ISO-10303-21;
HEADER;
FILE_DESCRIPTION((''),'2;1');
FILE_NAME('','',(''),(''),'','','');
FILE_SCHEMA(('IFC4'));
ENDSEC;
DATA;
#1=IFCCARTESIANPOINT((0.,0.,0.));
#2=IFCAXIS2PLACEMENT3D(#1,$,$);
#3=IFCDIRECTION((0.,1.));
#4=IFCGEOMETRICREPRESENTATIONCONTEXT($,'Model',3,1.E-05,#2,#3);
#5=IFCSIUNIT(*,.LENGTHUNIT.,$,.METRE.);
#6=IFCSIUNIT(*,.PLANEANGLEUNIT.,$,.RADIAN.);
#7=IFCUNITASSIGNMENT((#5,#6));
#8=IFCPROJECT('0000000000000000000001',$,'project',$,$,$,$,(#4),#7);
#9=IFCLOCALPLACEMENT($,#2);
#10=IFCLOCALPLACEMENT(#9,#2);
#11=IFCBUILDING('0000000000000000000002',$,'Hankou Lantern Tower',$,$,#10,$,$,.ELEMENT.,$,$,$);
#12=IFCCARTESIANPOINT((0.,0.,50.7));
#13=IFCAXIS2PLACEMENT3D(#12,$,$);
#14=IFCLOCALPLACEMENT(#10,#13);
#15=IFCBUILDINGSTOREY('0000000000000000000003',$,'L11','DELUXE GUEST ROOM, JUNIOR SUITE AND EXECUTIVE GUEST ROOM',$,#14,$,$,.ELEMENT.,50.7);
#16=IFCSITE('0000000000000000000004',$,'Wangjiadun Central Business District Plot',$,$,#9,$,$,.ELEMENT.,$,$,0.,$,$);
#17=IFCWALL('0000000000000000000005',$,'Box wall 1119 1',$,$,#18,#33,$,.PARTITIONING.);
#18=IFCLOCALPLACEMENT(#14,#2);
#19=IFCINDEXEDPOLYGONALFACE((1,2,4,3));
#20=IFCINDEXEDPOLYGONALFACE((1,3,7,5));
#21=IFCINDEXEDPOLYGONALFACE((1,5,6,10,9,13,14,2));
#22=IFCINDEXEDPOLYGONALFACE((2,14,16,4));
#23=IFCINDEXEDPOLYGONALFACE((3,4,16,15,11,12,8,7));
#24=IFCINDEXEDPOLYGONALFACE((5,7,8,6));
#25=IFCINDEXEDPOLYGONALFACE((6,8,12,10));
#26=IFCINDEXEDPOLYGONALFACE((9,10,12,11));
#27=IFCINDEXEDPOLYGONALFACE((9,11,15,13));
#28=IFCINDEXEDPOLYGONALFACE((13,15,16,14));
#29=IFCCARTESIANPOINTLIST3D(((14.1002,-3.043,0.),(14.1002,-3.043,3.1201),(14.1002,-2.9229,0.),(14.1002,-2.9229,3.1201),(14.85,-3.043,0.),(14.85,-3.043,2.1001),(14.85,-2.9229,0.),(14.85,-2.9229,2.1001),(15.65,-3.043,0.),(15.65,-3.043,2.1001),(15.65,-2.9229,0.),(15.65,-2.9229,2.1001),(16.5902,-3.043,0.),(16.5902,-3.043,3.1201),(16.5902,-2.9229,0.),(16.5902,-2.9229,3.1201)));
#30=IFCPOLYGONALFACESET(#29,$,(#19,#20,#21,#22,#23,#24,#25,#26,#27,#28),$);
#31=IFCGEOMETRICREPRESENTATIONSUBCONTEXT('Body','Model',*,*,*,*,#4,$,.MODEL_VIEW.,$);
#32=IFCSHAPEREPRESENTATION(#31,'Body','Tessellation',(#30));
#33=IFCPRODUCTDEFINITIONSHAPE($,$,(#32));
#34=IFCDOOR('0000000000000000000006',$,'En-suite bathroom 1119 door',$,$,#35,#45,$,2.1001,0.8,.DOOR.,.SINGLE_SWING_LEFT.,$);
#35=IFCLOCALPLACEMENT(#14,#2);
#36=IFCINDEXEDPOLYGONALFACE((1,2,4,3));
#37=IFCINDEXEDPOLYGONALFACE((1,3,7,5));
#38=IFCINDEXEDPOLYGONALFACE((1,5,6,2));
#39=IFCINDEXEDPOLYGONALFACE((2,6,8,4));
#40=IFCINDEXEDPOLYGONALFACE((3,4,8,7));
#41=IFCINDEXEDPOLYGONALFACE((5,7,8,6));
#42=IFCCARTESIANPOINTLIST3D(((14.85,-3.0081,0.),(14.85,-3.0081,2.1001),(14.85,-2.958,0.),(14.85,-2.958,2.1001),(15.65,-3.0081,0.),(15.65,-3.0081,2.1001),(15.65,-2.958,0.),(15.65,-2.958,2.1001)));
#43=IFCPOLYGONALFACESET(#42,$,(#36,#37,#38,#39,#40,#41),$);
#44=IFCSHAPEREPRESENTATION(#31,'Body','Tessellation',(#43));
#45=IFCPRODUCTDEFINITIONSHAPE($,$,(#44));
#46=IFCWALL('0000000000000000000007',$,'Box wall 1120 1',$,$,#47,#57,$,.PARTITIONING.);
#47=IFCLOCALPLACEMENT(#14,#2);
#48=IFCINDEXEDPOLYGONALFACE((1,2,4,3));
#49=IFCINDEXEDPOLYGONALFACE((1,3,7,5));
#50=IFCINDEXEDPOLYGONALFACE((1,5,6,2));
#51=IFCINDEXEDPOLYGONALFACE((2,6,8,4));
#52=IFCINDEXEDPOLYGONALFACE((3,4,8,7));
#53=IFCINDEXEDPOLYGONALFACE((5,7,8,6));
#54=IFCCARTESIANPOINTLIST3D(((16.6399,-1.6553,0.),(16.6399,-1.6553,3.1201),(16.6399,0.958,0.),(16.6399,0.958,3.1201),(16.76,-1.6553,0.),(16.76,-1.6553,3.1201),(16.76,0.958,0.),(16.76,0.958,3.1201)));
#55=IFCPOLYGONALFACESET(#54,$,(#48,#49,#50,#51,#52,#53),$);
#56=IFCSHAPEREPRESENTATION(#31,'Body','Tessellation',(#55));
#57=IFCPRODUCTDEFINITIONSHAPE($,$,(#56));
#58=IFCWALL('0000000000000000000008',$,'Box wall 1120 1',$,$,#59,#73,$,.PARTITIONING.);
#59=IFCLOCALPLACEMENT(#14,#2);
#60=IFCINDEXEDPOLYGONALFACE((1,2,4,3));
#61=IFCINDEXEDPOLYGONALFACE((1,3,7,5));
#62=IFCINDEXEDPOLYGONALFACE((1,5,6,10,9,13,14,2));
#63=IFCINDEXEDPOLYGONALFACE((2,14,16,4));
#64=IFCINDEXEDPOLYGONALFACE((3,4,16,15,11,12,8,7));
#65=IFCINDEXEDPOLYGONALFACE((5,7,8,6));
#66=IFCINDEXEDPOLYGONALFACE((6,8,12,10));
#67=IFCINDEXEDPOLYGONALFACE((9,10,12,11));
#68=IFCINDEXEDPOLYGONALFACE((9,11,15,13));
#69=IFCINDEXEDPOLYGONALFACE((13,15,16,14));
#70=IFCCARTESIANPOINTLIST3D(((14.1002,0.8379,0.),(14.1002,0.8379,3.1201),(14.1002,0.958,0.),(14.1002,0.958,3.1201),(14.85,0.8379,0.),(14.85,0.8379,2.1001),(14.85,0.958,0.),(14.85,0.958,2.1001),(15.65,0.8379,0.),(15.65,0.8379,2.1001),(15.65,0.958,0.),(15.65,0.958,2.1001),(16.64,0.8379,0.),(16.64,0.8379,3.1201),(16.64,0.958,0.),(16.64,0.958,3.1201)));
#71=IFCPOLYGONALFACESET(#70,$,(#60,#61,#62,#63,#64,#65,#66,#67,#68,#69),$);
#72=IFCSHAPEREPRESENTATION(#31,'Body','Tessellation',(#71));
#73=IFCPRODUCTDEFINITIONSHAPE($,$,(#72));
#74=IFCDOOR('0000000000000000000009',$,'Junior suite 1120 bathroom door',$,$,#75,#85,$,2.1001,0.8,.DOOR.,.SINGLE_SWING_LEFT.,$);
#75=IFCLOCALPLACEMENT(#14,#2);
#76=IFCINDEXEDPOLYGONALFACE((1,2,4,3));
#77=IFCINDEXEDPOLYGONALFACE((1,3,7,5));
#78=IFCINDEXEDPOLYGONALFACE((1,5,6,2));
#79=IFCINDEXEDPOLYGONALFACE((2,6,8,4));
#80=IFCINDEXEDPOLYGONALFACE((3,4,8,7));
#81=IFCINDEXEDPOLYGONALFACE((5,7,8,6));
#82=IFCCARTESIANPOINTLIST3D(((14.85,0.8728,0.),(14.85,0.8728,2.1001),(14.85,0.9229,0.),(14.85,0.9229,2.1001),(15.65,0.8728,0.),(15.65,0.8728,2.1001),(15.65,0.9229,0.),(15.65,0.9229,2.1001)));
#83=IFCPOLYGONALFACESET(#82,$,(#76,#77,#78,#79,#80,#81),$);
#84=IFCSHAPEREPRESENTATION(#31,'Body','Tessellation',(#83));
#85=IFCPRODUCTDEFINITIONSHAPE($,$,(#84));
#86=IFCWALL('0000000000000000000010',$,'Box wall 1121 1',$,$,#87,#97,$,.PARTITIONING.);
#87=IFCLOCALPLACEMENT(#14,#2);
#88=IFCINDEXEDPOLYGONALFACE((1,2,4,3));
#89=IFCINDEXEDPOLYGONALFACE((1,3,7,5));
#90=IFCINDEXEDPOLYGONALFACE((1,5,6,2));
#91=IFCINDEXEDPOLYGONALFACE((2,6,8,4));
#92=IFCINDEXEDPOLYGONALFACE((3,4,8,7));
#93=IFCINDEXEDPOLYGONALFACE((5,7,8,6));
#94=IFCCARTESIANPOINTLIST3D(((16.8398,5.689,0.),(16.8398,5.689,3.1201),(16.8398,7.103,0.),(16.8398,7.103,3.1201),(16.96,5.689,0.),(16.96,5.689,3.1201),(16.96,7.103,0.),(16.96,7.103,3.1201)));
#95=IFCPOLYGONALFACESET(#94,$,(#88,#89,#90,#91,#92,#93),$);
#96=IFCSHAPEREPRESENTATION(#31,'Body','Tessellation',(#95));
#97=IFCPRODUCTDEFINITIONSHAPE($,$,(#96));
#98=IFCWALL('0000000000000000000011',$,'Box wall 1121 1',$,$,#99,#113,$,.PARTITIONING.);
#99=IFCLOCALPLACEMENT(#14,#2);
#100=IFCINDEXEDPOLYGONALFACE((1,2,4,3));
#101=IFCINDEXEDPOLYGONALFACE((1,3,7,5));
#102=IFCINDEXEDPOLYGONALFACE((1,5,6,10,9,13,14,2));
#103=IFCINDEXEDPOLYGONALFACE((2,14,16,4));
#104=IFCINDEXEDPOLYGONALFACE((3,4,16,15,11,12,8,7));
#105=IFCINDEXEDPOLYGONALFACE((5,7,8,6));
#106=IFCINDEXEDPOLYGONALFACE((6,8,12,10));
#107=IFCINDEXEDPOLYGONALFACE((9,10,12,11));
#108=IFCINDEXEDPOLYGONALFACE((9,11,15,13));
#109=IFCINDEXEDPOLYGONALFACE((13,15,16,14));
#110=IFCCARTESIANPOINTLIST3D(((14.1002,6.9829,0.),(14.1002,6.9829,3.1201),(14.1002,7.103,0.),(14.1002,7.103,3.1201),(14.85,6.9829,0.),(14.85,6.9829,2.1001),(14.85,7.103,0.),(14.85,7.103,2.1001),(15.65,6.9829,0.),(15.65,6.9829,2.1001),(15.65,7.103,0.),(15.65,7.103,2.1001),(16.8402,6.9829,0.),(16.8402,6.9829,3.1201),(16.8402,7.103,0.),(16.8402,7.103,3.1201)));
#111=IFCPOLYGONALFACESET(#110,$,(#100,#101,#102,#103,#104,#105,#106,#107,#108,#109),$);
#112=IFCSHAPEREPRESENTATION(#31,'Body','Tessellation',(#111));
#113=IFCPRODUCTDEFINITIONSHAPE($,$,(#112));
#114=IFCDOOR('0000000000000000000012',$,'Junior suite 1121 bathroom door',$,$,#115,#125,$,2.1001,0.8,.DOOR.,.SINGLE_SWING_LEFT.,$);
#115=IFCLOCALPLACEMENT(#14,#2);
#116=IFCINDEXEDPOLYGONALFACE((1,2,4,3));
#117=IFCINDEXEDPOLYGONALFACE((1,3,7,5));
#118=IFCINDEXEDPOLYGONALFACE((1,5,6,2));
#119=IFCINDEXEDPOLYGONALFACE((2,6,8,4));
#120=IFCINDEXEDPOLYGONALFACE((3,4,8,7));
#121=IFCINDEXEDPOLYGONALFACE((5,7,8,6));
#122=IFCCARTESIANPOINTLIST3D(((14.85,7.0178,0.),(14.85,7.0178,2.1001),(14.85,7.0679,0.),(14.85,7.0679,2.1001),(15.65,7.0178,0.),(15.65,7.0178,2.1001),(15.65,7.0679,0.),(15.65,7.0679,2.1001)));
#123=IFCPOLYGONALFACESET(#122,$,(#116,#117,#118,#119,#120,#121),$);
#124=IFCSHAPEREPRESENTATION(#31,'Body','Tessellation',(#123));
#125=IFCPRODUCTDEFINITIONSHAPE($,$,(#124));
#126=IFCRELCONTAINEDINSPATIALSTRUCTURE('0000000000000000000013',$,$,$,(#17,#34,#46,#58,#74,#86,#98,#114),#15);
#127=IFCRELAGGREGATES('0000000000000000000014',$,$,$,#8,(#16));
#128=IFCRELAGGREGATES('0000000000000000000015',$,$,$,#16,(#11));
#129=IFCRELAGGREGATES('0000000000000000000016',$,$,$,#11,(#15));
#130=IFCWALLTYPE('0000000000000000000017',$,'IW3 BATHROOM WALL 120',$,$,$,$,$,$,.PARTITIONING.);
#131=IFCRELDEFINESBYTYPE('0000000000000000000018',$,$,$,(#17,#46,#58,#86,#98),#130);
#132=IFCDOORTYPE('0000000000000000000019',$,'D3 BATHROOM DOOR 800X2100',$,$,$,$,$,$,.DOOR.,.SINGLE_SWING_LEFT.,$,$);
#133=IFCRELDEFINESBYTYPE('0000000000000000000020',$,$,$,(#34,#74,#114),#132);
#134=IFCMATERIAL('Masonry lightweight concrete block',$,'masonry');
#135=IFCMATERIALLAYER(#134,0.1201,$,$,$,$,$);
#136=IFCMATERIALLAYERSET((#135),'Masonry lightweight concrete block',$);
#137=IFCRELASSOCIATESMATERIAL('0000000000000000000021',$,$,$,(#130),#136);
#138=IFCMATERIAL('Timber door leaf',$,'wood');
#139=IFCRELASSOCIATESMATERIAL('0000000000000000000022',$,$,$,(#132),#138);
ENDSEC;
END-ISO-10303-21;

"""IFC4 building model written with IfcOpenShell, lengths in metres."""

from ifc_helpers import new_model, si_unit, direction, frame, frame_2d, origin, place, context, subcontext, project, spatial, rectangle, extrude, material, layer, layer_set, type_object, element, fill, save


model = new_model("IFC4")

# Units and contexts
model_context = context("Model", 3, precision=1e-05, world=origin(), true_north=direction((0.0, 1.0)))
body_context = subcontext(model_context, "Body", "Model", "MODEL_VIEW")
ifc_project = project(units=[si_unit("LENGTHUNIT", "METRE"), si_unit("PLANEANGLEUNIT", "RADIAN")], contexts=[model_context])

# Site, building, storey
site_placement = place(None, origin())
site = spatial("IfcSite", under=ifc_project, at=site_placement, Name="Wangjiadun Central Business District Plot", CompositionType="ELEMENT", RefElevation=0.0)
building_placement = place(site_placement, origin())
building = spatial("IfcBuilding", under=site, at=building_placement, Name="Hankou Lantern Tower", CompositionType="ELEMENT")
storey_placement = place(building_placement, frame((0.0, 0.0, 50.7)))
storey = spatial("IfcBuildingStorey", under=building, at=storey_placement, Name="L11", Description="DELUXE GUEST ROOM, JUNIOR SUITE AND EXECUTIVE GUEST ROOM", CompositionType="ELEMENT", Elevation=50.7)

# Wall, opening, door
ifc_material_1 = material(Name="Masonry lightweight concrete block", Category="masonry")
ifc_layer_1 = layer(ifc_material_1, 0.1201)
ifc_layer_set_1 = layer_set([ifc_layer_1], Name="Masonry lightweight concrete block")
wall_type_1 = type_object("IfcWallType", Name="IW3 BATHROOM WALL 120", PredefinedType="PARTITIONING", material=ifc_layer_set_1)
wall_1_placement = place(storey_placement, frame((14.1001, -2.9829, 0.0), z_axis=(0.0, 0.0, 1.0), x_axis=(1.0, 0.0, 0.0)))
wall_1 = element("IfcWall", 1, at=wall_1_placement, inside=storey, type_object=wall_type_1, Name="Box wall 1119 1", PredefinedType="PARTITIONING", context=body_context, shape_type="SweptSolid", body=[
    extrude(rectangle(XDim=2.49, YDim=0.1201, at=frame_2d((1.2451, 0.0))), origin(), (0.0, 0.0, 1.0), 3.1201),
])
opening_1_placement = place(wall_1_placement, frame((0.75, 0.0, 0.0)))
opening_1 = element("IfcOpeningElement", 2, at=opening_1_placement, cuts=wall_1, PredefinedType="OPENING", context=body_context, shape_type="SweptSolid", body=[
    extrude(rectangle(XDim=0.8, YDim=2.1001, at=frame_2d((0.3999, 1.05))), frame((0.0, 0.0701, 0.0), z_axis=(0.0, -1.0, 0.0), x_axis=(1.0, 0.0, 0.0)), (0.0, 0.0, 1.0), 0.1401),
])
ifc_material_2 = material(Name="Timber door leaf", Category="wood")
door_type = type_object("IfcDoorType", Name="D3 BATHROOM DOOR 800X2100", OperationType="SINGLE_SWING_LEFT", PredefinedType="DOOR", material=ifc_material_2)
door_1_placement = place(opening_1_placement, origin())
door_1 = element("IfcDoor", 3, at=door_1_placement, inside=storey, type_object=door_type, Name="En-suite bathroom 1119 door", OperationType="SINGLE_SWING_LEFT", OverallHeight=2.1001, OverallWidth=0.8, PredefinedType="DOOR", context=body_context, shape_type="SweptSolid", body=[
    extrude(rectangle(XDim=0.8, YDim=2.1001, at=frame_2d((0.3999, 1.05))), frame((0.0, 0.0249, 0.0), z_axis=(0.0, -1.0, 0.0), x_axis=(1.0, 0.0, 0.0)), (0.0, 0.0, 1.0), 0.05),
])
fill(opening_1, door_1)

# Wall
wall_2_placement = place(storey_placement, frame((16.7, -1.6553, 0.0), z_axis=(0.0, 0.0, 1.0), x_axis=(0.0, 1.0, 0.0)))
element("IfcWall", 4, at=wall_2_placement, inside=storey, type_object=wall_type_1, Name="Box wall 1120 1", PredefinedType="PARTITIONING", context=body_context, shape_type="SweptSolid", body=[
    extrude(rectangle(XDim=2.6133, YDim=0.1201, at=frame_2d((1.3066, 0.0))), origin(), (0.0, 0.0, 1.0), 3.1201),
])

# Wall, opening, door
wall_3_placement = place(storey_placement, frame((14.1001, 0.8979, 0.0), z_axis=(0.0, 0.0, 1.0), x_axis=(1.0, 0.0, 0.0)))
wall_3 = element("IfcWall", 5, at=wall_3_placement, inside=storey, type_object=wall_type_1, Name="Box wall 1120 1", PredefinedType="PARTITIONING", context=body_context, shape_type="SweptSolid", body=[
    extrude(rectangle(XDim=2.5398, YDim=0.1201, at=frame_2d((1.27, 0.0))), origin(), (0.0, 0.0, 1.0), 3.1201),
])
opening_2_placement = place(wall_3_placement, frame((0.75, 0.0, 0.0)))
opening_2 = element("IfcOpeningElement", 6, at=opening_2_placement, cuts=wall_3, PredefinedType="OPENING", context=body_context, shape_type="SweptSolid", body=[
    extrude(rectangle(XDim=0.8, YDim=2.1001, at=frame_2d((0.3999, 1.05))), frame((0.0, 0.0701, 0.0), z_axis=(0.0, -1.0, 0.0), x_axis=(1.0, 0.0, 0.0)), (0.0, 0.0, 1.0), 0.1401),
])
door_2_placement = place(opening_2_placement, origin())
door_2 = element("IfcDoor", 7, at=door_2_placement, inside=storey, type_object=door_type, Name="Junior suite 1120 bathroom door", OperationType="SINGLE_SWING_LEFT", OverallHeight=2.1001, OverallWidth=0.8, PredefinedType="DOOR", context=body_context, shape_type="SweptSolid", body=[
    extrude(rectangle(XDim=0.8, YDim=2.1001, at=frame_2d((0.3999, 1.05))), frame((0.0, 0.0249, 0.0), z_axis=(0.0, -1.0, 0.0), x_axis=(1.0, 0.0, 0.0)), (0.0, 0.0, 1.0), 0.05),
])
fill(opening_2, door_2)

# Wall
wall_4_placement = place(storey_placement, frame((16.8999, 5.689, 0.0), z_axis=(0.0, 0.0, 1.0), x_axis=(0.0, 1.0, 0.0)))
element("IfcWall", 8, at=wall_4_placement, inside=storey, type_object=wall_type_1, Name="Box wall 1121 1", PredefinedType="PARTITIONING", context=body_context, shape_type="SweptSolid", body=[
    extrude(rectangle(XDim=1.4141, YDim=0.1201, at=frame_2d((0.707, 0.0))), origin(), (0.0, 0.0, 1.0), 3.1201),
])

# Wall, opening, door
wall_5_placement = place(storey_placement, frame((14.1001, 7.043, 0.0), z_axis=(0.0, 0.0, 1.0), x_axis=(1.0, 0.0, 0.0)))
wall_5 = element("IfcWall", 9, at=wall_5_placement, inside=storey, type_object=wall_type_1, Name="Box wall 1121 1", PredefinedType="PARTITIONING", context=body_context, shape_type="SweptSolid", body=[
    extrude(rectangle(XDim=2.74, YDim=0.1201, at=frame_2d((1.3701, 0.0))), origin(), (0.0, 0.0, 1.0), 3.1201),
])
opening_3_placement = place(wall_5_placement, frame((0.75, 0.0, 0.0)))
opening_3 = element("IfcOpeningElement", 10, at=opening_3_placement, cuts=wall_5, PredefinedType="OPENING", context=body_context, shape_type="SweptSolid", body=[
    extrude(rectangle(XDim=0.8, YDim=2.1001, at=frame_2d((0.3999, 1.05))), frame((0.0, 0.0701, 0.0), z_axis=(0.0, -1.0, 0.0), x_axis=(1.0, 0.0, 0.0)), (0.0, 0.0, 1.0), 0.1401),
])
door_3_placement = place(opening_3_placement, origin())
door_3 = element("IfcDoor", 11, at=door_3_placement, inside=storey, type_object=door_type, Name="Junior suite 1121 bathroom door", OperationType="SINGLE_SWING_LEFT", OverallHeight=2.1001, OverallWidth=0.8, PredefinedType="DOOR", context=body_context, shape_type="SweptSolid", body=[
    extrude(rectangle(XDim=0.8, YDim=2.1001, at=frame_2d((0.3999, 1.05))), frame((0.0, 0.0249, 0.0), z_axis=(0.0, -1.0, 0.0), x_axis=(1.0, 0.0, 0.0)), (0.0, 0.0, 1.0), 0.05),
])
fill(opening_3, door_3)

save(model, "model.ifc")
